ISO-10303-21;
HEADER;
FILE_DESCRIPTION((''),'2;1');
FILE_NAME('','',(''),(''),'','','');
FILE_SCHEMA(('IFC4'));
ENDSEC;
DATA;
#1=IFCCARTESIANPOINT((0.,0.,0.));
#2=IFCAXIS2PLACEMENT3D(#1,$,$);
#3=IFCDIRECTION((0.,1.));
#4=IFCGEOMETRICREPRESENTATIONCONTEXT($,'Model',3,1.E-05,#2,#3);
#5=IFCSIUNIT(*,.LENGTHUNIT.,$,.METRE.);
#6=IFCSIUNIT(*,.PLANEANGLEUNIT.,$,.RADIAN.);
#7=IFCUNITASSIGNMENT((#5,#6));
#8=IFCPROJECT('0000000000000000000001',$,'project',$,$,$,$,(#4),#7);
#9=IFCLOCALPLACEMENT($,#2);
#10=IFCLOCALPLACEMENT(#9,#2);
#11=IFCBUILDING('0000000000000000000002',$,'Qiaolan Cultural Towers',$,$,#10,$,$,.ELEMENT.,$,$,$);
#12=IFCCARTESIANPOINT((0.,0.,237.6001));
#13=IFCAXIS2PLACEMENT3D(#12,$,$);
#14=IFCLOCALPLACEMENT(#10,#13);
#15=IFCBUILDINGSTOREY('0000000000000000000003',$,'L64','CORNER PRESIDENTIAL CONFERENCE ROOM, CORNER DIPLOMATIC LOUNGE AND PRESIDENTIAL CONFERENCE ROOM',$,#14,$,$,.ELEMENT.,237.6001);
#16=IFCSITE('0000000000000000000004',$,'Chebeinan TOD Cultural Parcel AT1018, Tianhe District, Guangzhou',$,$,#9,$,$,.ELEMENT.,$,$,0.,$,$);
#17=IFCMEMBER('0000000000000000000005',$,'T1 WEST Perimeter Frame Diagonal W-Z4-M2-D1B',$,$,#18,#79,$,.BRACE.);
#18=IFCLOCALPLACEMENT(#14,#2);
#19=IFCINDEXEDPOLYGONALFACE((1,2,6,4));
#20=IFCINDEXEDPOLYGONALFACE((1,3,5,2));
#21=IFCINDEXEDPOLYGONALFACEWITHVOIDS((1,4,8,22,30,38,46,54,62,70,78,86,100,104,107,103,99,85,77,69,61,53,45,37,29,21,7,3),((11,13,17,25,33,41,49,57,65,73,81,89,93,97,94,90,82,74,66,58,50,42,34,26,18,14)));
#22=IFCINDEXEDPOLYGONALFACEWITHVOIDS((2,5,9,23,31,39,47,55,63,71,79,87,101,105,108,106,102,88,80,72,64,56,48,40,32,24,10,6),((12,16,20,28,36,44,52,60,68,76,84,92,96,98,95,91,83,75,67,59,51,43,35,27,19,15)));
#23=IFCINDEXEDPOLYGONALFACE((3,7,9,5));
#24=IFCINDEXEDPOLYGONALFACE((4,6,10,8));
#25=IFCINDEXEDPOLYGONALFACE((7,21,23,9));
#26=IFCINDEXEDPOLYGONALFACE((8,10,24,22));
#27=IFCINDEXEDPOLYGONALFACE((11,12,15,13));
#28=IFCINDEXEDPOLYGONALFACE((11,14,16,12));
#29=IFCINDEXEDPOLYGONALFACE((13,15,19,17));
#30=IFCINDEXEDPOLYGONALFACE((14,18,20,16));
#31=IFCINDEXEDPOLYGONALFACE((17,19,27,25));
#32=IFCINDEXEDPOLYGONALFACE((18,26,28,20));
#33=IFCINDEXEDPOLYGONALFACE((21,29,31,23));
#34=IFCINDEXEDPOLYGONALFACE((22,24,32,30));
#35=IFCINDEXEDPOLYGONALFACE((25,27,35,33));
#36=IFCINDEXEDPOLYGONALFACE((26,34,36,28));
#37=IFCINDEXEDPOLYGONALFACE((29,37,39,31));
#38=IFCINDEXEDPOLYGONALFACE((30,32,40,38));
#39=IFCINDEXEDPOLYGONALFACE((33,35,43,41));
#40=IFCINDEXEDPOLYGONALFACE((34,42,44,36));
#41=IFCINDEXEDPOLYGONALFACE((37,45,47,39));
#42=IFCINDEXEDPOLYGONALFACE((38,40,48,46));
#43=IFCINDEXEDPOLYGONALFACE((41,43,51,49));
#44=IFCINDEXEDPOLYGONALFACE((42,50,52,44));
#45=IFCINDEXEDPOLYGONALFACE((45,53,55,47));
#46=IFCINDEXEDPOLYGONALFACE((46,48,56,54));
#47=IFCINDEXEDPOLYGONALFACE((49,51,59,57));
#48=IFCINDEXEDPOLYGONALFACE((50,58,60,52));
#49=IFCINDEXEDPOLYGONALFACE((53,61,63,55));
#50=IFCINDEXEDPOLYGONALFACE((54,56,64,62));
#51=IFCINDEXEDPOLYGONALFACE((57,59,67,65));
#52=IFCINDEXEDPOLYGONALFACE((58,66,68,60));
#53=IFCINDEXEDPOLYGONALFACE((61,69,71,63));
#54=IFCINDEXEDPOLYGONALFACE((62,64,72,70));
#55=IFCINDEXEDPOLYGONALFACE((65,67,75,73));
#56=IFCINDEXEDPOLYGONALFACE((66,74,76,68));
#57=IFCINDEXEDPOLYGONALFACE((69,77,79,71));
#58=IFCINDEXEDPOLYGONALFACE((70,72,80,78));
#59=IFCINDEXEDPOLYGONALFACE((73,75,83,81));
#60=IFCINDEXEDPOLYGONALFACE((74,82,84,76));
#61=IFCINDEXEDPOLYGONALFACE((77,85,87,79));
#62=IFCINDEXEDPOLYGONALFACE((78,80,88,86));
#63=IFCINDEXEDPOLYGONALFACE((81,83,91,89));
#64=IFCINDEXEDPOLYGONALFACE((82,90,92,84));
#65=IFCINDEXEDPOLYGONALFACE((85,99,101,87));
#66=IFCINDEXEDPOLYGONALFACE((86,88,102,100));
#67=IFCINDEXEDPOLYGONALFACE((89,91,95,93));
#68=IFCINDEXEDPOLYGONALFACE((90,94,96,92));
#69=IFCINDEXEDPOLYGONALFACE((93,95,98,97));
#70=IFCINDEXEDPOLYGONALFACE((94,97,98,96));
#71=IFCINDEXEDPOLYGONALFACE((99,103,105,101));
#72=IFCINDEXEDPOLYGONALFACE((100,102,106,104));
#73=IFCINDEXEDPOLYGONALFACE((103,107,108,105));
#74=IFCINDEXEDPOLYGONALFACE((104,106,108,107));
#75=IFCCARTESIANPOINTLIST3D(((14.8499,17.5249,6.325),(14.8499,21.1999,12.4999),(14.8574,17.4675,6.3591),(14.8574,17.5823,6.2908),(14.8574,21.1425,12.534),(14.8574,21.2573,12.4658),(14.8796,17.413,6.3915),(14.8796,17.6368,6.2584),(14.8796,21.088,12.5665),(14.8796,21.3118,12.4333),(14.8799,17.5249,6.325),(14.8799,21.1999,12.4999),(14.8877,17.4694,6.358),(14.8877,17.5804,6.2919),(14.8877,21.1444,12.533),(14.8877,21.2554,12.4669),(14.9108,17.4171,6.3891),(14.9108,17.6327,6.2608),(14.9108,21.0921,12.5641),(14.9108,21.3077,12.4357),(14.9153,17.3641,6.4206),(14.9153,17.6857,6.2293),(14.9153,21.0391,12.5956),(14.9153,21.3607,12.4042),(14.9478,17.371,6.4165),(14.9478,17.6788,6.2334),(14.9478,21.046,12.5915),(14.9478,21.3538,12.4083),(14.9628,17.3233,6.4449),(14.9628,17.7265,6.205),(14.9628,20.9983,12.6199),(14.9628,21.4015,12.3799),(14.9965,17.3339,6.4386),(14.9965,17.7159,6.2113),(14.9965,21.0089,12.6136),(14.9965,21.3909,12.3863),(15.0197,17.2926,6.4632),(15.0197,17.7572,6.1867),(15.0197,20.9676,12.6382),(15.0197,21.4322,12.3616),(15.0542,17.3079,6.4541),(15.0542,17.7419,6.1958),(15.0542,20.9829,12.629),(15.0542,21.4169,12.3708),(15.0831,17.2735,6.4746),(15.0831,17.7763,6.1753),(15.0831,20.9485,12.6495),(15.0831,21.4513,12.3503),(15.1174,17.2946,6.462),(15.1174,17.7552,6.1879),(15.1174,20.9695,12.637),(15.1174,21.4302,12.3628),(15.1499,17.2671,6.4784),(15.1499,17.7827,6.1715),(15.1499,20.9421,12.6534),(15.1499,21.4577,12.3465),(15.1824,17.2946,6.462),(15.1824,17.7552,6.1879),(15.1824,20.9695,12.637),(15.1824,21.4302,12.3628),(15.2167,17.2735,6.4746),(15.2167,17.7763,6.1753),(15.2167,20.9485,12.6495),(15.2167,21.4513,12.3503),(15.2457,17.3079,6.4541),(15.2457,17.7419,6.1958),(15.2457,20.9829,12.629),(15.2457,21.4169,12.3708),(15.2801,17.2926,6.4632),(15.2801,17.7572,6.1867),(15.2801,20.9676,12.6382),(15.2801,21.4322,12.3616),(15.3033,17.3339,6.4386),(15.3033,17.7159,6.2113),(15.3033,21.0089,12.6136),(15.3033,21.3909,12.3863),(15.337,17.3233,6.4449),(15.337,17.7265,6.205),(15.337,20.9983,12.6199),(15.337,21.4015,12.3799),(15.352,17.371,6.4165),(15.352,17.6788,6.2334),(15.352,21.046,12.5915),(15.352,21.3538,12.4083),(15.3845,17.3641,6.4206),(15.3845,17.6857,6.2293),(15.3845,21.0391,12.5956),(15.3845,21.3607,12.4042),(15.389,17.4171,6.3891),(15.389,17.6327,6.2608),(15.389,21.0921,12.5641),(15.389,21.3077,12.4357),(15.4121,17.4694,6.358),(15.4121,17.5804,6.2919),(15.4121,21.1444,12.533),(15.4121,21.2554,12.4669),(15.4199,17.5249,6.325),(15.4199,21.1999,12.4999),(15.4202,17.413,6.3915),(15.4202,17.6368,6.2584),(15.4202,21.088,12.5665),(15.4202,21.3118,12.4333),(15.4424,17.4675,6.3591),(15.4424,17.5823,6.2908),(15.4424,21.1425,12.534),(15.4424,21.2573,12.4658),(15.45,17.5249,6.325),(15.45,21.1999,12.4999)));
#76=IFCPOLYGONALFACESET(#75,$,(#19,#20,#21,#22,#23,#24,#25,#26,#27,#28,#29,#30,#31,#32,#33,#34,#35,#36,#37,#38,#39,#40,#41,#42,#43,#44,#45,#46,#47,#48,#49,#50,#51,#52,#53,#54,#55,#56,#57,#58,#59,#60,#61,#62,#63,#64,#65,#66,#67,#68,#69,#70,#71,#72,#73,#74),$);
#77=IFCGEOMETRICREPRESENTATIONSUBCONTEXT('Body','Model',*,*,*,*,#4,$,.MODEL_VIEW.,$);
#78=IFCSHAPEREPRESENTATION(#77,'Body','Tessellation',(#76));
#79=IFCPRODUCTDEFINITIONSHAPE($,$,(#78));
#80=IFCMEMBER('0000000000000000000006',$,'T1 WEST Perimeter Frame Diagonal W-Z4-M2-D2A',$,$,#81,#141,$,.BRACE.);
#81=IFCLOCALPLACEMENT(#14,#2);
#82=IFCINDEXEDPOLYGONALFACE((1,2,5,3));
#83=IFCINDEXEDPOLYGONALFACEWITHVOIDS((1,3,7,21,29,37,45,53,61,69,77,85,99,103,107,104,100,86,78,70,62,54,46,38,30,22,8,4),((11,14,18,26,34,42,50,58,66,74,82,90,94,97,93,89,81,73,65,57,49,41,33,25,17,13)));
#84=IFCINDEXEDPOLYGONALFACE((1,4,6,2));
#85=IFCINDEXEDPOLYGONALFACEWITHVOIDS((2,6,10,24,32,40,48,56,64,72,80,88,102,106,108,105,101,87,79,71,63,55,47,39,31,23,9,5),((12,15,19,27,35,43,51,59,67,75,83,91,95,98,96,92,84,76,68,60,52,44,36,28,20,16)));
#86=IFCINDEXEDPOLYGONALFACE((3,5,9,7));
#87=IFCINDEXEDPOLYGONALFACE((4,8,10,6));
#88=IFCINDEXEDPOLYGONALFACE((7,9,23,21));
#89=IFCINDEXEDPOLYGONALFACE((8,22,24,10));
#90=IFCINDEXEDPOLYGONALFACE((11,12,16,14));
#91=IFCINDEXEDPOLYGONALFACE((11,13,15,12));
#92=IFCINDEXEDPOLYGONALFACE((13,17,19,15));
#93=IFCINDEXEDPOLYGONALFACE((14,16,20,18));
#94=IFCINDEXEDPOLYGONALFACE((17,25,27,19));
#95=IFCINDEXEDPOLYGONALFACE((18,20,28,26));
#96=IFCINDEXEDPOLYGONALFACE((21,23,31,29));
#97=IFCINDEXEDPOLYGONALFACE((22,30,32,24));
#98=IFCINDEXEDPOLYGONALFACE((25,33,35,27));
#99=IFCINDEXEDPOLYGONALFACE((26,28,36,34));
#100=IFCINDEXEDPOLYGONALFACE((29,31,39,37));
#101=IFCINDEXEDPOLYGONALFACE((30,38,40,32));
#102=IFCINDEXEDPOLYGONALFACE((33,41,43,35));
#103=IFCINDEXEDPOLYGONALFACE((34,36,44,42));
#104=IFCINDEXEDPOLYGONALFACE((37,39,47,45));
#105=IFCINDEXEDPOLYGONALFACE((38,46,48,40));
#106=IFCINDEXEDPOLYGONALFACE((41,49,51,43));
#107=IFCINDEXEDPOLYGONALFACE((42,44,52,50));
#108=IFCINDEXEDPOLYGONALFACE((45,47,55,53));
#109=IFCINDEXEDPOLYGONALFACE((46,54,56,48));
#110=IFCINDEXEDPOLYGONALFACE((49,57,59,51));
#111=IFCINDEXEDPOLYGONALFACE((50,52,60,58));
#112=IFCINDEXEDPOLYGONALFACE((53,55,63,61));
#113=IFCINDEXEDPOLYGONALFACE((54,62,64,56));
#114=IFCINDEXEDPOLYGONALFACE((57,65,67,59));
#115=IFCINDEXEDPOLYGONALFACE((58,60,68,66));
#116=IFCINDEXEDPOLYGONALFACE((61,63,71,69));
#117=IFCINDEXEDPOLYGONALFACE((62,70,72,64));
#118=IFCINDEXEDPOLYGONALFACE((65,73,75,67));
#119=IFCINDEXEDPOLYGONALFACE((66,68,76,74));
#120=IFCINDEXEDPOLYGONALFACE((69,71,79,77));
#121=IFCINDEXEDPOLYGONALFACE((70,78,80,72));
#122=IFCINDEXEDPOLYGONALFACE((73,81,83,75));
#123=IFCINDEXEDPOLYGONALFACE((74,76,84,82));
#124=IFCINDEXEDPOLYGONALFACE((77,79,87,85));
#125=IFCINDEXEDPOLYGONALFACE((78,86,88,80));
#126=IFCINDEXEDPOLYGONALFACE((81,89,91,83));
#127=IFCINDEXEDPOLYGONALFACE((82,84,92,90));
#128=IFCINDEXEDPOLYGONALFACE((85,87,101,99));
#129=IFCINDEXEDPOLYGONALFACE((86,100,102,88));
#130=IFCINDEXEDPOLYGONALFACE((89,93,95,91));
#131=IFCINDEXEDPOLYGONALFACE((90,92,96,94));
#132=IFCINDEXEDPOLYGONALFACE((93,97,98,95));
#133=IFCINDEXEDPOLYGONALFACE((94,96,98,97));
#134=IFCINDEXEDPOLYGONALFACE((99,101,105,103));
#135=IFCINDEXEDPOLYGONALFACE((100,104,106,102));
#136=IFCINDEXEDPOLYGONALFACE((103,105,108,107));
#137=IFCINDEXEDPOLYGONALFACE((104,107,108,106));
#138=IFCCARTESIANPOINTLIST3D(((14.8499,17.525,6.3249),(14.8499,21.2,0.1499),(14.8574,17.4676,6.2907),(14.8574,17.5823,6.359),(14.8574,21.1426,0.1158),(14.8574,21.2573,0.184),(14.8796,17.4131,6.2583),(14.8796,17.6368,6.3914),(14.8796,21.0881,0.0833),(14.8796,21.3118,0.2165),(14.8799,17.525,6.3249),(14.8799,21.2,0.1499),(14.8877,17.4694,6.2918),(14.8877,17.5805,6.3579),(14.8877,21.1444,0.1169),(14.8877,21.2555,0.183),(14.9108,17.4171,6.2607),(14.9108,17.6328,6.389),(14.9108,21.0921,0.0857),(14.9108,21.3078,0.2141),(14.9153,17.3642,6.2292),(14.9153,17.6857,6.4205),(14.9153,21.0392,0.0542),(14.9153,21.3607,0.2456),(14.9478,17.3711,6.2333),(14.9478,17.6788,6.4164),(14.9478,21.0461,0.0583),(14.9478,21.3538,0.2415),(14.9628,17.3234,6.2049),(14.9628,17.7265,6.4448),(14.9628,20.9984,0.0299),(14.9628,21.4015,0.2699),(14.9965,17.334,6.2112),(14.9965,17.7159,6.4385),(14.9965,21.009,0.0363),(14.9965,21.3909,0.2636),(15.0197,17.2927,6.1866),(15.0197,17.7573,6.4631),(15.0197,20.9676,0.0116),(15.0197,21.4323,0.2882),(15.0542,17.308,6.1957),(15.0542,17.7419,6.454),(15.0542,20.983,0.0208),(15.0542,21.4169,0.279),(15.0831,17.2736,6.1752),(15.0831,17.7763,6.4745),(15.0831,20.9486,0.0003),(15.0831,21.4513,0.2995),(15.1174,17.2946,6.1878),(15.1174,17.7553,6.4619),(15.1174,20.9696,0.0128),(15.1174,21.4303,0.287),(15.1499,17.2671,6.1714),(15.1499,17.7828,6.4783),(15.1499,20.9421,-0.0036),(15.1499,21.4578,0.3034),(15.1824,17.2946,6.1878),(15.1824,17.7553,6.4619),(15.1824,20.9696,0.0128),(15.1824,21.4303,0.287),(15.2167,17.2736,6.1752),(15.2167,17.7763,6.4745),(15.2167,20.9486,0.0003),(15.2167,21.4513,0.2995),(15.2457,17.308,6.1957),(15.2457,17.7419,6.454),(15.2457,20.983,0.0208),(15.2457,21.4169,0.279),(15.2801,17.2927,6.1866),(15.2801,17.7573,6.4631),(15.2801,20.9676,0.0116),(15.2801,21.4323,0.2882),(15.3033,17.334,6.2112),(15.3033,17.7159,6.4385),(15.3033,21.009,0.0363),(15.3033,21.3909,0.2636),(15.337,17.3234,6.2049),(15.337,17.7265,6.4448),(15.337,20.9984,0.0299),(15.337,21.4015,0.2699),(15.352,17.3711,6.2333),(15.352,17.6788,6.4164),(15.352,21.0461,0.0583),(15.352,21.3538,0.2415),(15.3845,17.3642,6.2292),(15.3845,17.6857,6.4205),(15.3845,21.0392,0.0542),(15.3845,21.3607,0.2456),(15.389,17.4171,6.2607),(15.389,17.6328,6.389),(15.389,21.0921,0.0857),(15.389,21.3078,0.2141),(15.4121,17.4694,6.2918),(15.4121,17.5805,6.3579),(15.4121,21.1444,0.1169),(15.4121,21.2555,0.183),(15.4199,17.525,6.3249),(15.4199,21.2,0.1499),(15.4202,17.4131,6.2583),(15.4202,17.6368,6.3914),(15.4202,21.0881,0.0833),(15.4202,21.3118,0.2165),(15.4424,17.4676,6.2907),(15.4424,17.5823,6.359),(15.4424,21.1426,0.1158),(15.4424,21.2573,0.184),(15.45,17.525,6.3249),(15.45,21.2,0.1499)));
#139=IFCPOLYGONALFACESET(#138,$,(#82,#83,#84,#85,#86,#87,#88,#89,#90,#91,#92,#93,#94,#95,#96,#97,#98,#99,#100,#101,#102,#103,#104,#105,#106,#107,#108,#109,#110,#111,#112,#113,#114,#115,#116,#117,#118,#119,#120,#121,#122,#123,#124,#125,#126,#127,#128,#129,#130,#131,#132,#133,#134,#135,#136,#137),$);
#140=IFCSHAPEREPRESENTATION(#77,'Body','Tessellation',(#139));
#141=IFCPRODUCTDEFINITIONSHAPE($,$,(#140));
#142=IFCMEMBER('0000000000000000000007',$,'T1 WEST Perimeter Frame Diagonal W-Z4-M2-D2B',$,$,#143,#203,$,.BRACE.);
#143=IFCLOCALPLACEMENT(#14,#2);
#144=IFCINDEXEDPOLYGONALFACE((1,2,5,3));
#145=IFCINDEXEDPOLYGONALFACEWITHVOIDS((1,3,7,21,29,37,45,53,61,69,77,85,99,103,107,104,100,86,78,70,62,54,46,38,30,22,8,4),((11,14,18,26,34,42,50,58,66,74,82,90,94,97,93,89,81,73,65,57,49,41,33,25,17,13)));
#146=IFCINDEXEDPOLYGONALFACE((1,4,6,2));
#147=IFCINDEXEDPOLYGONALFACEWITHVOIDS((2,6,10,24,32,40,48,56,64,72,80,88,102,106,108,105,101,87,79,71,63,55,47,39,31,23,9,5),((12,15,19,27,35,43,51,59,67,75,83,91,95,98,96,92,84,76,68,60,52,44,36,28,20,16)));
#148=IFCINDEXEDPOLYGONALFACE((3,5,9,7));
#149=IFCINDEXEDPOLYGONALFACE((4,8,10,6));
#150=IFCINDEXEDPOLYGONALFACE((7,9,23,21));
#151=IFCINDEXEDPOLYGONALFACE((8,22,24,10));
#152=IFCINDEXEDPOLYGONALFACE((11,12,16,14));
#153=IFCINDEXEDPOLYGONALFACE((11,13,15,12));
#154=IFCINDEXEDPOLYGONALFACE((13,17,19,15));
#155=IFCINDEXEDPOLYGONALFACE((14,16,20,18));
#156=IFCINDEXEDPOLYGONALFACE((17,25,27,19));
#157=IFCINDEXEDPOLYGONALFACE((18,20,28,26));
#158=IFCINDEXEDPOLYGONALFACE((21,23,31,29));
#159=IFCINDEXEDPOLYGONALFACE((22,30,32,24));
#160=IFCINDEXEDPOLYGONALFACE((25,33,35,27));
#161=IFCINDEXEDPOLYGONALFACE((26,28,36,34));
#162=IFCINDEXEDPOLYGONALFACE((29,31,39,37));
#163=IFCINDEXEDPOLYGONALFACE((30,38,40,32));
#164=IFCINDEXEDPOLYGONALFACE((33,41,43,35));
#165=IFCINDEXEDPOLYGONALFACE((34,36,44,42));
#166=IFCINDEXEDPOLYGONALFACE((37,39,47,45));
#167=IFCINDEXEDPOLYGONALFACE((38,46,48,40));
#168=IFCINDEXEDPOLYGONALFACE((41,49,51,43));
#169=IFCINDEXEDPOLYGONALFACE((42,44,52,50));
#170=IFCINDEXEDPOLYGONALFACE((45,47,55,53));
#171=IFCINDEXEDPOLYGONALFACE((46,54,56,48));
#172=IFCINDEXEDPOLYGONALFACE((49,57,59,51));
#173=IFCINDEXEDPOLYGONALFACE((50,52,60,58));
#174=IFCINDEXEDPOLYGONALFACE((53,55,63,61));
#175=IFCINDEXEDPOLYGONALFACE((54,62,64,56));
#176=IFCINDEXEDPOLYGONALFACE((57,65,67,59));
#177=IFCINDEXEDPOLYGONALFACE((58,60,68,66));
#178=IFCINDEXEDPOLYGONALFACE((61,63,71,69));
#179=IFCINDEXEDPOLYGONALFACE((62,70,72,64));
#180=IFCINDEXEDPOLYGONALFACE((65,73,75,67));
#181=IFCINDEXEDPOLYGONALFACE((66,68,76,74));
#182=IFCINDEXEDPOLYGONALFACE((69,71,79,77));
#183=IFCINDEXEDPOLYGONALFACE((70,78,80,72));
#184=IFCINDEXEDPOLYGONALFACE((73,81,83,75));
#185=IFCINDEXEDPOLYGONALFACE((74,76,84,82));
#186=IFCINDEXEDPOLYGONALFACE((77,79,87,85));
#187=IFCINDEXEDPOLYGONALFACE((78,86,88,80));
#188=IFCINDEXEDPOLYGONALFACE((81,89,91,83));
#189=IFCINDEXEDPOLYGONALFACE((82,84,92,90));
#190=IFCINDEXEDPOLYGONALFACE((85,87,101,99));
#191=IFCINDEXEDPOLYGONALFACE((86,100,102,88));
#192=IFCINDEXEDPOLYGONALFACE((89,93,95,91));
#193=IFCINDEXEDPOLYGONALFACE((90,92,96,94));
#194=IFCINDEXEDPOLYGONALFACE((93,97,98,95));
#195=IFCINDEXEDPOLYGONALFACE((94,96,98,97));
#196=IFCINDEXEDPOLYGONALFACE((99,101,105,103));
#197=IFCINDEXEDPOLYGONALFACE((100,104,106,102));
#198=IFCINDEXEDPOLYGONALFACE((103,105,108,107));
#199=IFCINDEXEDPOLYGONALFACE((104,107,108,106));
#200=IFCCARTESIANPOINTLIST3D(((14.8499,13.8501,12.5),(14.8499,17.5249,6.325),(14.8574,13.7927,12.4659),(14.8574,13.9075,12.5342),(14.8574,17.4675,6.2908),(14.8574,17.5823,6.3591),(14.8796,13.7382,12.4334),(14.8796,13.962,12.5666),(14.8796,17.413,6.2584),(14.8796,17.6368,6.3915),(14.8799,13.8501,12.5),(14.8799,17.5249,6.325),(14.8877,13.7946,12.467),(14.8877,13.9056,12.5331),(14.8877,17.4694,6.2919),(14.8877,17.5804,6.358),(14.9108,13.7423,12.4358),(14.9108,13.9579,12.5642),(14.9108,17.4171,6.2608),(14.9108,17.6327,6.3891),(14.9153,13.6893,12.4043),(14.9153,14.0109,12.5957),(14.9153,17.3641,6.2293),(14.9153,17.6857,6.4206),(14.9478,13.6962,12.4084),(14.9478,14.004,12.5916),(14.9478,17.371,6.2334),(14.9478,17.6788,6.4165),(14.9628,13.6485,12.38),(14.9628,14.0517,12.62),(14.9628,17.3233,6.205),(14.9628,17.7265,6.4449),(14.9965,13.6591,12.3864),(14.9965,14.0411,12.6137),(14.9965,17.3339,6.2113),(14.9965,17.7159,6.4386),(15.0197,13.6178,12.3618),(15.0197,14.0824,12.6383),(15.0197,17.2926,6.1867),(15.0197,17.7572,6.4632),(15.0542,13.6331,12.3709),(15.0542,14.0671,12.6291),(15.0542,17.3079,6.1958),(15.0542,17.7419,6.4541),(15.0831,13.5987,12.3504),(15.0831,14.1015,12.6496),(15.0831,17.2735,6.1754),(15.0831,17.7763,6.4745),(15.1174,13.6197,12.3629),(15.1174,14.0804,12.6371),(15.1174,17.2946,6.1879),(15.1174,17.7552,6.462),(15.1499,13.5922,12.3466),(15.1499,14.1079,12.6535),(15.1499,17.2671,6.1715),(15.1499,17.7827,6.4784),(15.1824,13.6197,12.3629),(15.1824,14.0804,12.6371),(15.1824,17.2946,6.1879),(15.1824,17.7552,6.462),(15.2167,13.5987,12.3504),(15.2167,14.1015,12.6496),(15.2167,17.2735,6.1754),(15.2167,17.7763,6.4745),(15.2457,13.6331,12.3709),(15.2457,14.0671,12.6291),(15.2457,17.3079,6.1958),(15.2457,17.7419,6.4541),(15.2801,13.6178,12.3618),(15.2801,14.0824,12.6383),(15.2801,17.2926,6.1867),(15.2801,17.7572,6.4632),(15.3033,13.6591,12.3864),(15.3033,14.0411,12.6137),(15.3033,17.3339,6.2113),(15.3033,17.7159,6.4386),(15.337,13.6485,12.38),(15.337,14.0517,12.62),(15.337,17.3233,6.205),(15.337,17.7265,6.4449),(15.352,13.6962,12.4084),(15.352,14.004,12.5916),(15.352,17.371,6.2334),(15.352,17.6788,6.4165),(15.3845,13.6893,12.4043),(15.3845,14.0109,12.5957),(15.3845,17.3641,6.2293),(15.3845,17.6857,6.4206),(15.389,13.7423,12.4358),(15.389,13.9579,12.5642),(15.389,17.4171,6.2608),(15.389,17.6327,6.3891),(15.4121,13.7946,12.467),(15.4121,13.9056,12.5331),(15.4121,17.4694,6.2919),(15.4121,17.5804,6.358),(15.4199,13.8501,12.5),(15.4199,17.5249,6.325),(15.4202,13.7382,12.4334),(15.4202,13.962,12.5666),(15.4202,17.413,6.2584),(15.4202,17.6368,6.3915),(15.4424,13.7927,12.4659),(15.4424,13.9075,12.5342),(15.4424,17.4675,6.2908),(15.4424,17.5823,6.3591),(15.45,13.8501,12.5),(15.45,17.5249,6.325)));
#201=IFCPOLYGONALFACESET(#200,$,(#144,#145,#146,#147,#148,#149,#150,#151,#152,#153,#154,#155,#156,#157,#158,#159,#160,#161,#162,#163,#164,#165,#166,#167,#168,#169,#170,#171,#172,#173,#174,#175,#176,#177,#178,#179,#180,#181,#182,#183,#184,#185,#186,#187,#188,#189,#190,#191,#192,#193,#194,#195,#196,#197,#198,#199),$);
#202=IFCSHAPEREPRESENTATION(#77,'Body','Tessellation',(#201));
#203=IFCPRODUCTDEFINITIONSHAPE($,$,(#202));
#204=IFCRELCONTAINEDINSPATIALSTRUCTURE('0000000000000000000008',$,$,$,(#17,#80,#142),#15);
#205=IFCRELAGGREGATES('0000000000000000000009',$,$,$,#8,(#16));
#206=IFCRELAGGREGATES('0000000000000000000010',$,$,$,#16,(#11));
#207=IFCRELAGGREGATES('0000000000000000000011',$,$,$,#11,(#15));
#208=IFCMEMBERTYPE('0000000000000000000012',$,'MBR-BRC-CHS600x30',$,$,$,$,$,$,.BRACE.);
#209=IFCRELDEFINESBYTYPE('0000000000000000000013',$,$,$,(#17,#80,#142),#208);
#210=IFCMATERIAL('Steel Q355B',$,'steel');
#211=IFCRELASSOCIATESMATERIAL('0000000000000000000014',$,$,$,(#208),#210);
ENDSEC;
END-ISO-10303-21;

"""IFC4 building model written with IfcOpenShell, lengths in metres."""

from ifc_helpers import new_model, si_unit, direction, frame, origin, origin_2d, place, context, subcontext, project, spatial, hollow_circle, extrude, material, material_profile, profile_set, type_object, element, save


model = new_model("IFC4")

# Units and contexts
model_context = context("Model", 3, precision=1e-05, world=origin(), true_north=direction((0.0, 1.0)))
body_context = subcontext(model_context, "Body", "Model", "MODEL_VIEW")
ifc_project = project(units=[si_unit("LENGTHUNIT", "METRE"), si_unit("PLANEANGLEUNIT", "RADIAN")], contexts=[model_context])

# Site, building, storey
site_placement = place(None, origin())
site = spatial("IfcSite", under=ifc_project, at=site_placement, Name="Chebeinan TOD Cultural Parcel AT1018, Tianhe District, Guangzhou", CompositionType="ELEMENT", RefElevation=0.0)
building_placement = place(site_placement, origin())
building = spatial("IfcBuilding", under=site, at=building_placement, Name="Qiaolan Cultural Towers", CompositionType="ELEMENT")
storey_placement = place(building_placement, frame((0.0, 0.0, 237.6001)))
storey = spatial("IfcBuildingStorey", under=building, at=storey_placement, Name="L64", Description="CORNER PRESIDENTIAL CONFERENCE ROOM, CORNER DIPLOMATIC LOUNGE AND PRESIDENTIAL CONFERENCE ROOM", CompositionType="ELEMENT", Elevation=237.6001)

# Members
ifc_material_1 = material(Name="Steel Q355B", Category="steel")
ifc_material_profile_1 = material_profile(ifc_material_1, hollow_circle(Radius=0.3, WallThickness=0.03, at=origin_2d()), Name="CHS600x30")
ifc_profile_set_1 = profile_set([ifc_material_profile_1], Name="Steel Q355B")
member_type = type_object("IfcMemberType", Name="MBR-BRC-CHS600x30", PredefinedType="BRACE", material=ifc_profile_set_1)
for number, where, z_axis, x_axis, name in (
    (1, (15.1499, 17.5249, 6.325), (0.0, 0.511425, 0.859328), (-1.0, 0.0, 0.0), "T1 WEST Perimeter Frame Diagonal W-Z4-M2-D1B"),
    (2, (15.1499, 21.2, 0.1499), (0.0, -0.511425, 0.859328), (1.0, 0.0, 0.0), "T1 WEST Perimeter Frame Diagonal W-Z4-M2-D2A"),
    (3, (15.1499, 17.5249, 6.325), (0.0, -0.5114, 0.859343), (1.0, 0.0, 0.0), "T1 WEST Perimeter Frame Diagonal W-Z4-M2-D2B"),
):
    element("IfcMember", number, at=place(storey_placement, frame(where, z_axis=z_axis, x_axis=x_axis)), inside=storey, type_object=member_type, Name=name, PredefinedType="BRACE", context=body_context, shape_type="SweptSolid", body=[
        extrude(hollow_circle(Radius=0.3, WallThickness=0.03, at=origin_2d()), origin(), (0.0, 0.0, 1.0), 7.1858),
    ])

save(model, "model.ifc")
